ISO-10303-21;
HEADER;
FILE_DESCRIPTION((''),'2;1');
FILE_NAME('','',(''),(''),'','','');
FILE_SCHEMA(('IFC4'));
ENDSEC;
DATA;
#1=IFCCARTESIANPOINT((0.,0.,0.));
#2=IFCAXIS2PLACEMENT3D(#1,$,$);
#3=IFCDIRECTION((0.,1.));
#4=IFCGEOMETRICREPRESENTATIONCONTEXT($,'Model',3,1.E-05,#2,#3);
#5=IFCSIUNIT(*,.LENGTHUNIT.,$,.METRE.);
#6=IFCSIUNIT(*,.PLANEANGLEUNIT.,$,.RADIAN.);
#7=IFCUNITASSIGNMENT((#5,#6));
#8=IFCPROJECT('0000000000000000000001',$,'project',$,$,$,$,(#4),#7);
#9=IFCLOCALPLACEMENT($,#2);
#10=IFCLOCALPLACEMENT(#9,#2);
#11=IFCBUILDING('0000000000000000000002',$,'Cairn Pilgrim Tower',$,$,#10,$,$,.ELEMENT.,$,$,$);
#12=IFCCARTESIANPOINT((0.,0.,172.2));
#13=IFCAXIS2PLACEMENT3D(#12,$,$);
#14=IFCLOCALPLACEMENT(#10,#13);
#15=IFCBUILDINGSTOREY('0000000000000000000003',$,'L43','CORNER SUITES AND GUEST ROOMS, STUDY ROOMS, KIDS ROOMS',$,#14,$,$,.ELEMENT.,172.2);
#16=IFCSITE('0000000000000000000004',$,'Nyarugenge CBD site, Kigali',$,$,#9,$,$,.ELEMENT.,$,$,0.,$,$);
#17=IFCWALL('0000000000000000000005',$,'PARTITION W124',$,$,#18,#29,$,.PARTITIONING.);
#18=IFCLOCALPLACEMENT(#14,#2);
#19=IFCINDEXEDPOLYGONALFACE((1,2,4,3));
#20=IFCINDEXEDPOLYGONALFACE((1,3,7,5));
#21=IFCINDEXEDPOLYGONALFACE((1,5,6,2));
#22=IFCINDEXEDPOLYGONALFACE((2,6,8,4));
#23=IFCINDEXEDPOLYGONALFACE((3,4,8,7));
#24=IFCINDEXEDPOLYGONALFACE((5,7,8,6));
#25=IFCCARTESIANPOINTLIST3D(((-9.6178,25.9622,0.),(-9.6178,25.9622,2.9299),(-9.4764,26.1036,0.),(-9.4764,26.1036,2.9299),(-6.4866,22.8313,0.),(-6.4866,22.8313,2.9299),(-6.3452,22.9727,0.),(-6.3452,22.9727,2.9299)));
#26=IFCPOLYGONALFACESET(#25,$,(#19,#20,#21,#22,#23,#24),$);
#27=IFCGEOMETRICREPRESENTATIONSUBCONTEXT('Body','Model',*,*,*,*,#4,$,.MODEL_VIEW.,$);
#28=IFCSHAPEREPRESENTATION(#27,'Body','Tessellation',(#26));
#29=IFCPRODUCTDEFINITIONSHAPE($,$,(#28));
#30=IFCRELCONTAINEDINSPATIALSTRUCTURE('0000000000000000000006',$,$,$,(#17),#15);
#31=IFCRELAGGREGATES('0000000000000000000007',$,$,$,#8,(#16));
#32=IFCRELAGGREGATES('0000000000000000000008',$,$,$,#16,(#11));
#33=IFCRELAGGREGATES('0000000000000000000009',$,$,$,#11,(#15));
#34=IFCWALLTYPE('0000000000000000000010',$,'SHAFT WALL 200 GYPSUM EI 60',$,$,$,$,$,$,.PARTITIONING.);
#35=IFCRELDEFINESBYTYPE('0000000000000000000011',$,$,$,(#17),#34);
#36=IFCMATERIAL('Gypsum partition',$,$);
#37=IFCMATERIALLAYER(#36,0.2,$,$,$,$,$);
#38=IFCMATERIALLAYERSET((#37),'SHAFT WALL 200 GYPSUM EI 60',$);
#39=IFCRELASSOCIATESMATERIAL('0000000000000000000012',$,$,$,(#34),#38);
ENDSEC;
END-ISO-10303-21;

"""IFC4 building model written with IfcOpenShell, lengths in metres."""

from ifc_helpers import new_model, si_unit, direction, frame, frame_2d, origin, place, context, subcontext, project, spatial, rectangle, extrude, material, layer, layer_set, type_object, element, save


model = new_model("IFC4")

# Units and contexts
model_context = context("Model", 3, precision=1e-05, world=origin(), true_north=direction((0.0, 1.0)))
body_context = subcontext(model_context, "Body", "Model", "MODEL_VIEW")
ifc_project = project(units=[si_unit("LENGTHUNIT", "METRE"), si_unit("PLANEANGLEUNIT", "RADIAN")], contexts=[model_context])

# Site, building, storey
site_placement = place(None, origin())
site = spatial("IfcSite", under=ifc_project, at=site_placement, Name="Nyarugenge CBD site, Kigali", CompositionType="ELEMENT", RefElevation=0.0)
building_placement = place(site_placement, origin())
building = spatial("IfcBuilding", under=site, at=building_placement, Name="Cairn Pilgrim Tower", CompositionType="ELEMENT")
storey_placement = place(building_placement, frame((0.0, 0.0, 172.2)))
storey = spatial("IfcBuildingStorey", under=building, at=storey_placement, Name="L43", Description="CORNER SUITES AND GUEST ROOMS, STUDY ROOMS, KIDS ROOMS", CompositionType="ELEMENT", Elevation=172.2)

# Shared definitions
ifc_material_1 = material(Name="Gypsum partition")

# Wall
ifc_layer_1 = layer(ifc_material_1, 0.2)
ifc_layer_set_1 = layer_set([ifc_layer_1], Name="SHAFT WALL 200 GYPSUM EI 60")
wall_type_1 = type_object("IfcWallType", Name="SHAFT WALL 200 GYPSUM EI 60", PredefinedType="PARTITIONING", material=ifc_layer_set_1)
wall_1_placement = place(storey_placement, frame((-6.416, 22.9021, 0.0), z_axis=(0.0, 0.0, 1.0), x_axis=(-0.707134, 0.707079, 0.0)))
element("IfcWall", 1, at=wall_1_placement, inside=storey, type_object=wall_type_1, Name="PARTITION W124", PredefinedType="PARTITIONING", context=body_context, shape_type="SweptSolid", body=[
    extrude(rectangle(XDim=4.428, YDim=0.2, at=frame_2d((2.2139, 0.0))), origin(), (0.0, 0.0, 1.0), 2.9299),
])

save(model, "model.ifc")
